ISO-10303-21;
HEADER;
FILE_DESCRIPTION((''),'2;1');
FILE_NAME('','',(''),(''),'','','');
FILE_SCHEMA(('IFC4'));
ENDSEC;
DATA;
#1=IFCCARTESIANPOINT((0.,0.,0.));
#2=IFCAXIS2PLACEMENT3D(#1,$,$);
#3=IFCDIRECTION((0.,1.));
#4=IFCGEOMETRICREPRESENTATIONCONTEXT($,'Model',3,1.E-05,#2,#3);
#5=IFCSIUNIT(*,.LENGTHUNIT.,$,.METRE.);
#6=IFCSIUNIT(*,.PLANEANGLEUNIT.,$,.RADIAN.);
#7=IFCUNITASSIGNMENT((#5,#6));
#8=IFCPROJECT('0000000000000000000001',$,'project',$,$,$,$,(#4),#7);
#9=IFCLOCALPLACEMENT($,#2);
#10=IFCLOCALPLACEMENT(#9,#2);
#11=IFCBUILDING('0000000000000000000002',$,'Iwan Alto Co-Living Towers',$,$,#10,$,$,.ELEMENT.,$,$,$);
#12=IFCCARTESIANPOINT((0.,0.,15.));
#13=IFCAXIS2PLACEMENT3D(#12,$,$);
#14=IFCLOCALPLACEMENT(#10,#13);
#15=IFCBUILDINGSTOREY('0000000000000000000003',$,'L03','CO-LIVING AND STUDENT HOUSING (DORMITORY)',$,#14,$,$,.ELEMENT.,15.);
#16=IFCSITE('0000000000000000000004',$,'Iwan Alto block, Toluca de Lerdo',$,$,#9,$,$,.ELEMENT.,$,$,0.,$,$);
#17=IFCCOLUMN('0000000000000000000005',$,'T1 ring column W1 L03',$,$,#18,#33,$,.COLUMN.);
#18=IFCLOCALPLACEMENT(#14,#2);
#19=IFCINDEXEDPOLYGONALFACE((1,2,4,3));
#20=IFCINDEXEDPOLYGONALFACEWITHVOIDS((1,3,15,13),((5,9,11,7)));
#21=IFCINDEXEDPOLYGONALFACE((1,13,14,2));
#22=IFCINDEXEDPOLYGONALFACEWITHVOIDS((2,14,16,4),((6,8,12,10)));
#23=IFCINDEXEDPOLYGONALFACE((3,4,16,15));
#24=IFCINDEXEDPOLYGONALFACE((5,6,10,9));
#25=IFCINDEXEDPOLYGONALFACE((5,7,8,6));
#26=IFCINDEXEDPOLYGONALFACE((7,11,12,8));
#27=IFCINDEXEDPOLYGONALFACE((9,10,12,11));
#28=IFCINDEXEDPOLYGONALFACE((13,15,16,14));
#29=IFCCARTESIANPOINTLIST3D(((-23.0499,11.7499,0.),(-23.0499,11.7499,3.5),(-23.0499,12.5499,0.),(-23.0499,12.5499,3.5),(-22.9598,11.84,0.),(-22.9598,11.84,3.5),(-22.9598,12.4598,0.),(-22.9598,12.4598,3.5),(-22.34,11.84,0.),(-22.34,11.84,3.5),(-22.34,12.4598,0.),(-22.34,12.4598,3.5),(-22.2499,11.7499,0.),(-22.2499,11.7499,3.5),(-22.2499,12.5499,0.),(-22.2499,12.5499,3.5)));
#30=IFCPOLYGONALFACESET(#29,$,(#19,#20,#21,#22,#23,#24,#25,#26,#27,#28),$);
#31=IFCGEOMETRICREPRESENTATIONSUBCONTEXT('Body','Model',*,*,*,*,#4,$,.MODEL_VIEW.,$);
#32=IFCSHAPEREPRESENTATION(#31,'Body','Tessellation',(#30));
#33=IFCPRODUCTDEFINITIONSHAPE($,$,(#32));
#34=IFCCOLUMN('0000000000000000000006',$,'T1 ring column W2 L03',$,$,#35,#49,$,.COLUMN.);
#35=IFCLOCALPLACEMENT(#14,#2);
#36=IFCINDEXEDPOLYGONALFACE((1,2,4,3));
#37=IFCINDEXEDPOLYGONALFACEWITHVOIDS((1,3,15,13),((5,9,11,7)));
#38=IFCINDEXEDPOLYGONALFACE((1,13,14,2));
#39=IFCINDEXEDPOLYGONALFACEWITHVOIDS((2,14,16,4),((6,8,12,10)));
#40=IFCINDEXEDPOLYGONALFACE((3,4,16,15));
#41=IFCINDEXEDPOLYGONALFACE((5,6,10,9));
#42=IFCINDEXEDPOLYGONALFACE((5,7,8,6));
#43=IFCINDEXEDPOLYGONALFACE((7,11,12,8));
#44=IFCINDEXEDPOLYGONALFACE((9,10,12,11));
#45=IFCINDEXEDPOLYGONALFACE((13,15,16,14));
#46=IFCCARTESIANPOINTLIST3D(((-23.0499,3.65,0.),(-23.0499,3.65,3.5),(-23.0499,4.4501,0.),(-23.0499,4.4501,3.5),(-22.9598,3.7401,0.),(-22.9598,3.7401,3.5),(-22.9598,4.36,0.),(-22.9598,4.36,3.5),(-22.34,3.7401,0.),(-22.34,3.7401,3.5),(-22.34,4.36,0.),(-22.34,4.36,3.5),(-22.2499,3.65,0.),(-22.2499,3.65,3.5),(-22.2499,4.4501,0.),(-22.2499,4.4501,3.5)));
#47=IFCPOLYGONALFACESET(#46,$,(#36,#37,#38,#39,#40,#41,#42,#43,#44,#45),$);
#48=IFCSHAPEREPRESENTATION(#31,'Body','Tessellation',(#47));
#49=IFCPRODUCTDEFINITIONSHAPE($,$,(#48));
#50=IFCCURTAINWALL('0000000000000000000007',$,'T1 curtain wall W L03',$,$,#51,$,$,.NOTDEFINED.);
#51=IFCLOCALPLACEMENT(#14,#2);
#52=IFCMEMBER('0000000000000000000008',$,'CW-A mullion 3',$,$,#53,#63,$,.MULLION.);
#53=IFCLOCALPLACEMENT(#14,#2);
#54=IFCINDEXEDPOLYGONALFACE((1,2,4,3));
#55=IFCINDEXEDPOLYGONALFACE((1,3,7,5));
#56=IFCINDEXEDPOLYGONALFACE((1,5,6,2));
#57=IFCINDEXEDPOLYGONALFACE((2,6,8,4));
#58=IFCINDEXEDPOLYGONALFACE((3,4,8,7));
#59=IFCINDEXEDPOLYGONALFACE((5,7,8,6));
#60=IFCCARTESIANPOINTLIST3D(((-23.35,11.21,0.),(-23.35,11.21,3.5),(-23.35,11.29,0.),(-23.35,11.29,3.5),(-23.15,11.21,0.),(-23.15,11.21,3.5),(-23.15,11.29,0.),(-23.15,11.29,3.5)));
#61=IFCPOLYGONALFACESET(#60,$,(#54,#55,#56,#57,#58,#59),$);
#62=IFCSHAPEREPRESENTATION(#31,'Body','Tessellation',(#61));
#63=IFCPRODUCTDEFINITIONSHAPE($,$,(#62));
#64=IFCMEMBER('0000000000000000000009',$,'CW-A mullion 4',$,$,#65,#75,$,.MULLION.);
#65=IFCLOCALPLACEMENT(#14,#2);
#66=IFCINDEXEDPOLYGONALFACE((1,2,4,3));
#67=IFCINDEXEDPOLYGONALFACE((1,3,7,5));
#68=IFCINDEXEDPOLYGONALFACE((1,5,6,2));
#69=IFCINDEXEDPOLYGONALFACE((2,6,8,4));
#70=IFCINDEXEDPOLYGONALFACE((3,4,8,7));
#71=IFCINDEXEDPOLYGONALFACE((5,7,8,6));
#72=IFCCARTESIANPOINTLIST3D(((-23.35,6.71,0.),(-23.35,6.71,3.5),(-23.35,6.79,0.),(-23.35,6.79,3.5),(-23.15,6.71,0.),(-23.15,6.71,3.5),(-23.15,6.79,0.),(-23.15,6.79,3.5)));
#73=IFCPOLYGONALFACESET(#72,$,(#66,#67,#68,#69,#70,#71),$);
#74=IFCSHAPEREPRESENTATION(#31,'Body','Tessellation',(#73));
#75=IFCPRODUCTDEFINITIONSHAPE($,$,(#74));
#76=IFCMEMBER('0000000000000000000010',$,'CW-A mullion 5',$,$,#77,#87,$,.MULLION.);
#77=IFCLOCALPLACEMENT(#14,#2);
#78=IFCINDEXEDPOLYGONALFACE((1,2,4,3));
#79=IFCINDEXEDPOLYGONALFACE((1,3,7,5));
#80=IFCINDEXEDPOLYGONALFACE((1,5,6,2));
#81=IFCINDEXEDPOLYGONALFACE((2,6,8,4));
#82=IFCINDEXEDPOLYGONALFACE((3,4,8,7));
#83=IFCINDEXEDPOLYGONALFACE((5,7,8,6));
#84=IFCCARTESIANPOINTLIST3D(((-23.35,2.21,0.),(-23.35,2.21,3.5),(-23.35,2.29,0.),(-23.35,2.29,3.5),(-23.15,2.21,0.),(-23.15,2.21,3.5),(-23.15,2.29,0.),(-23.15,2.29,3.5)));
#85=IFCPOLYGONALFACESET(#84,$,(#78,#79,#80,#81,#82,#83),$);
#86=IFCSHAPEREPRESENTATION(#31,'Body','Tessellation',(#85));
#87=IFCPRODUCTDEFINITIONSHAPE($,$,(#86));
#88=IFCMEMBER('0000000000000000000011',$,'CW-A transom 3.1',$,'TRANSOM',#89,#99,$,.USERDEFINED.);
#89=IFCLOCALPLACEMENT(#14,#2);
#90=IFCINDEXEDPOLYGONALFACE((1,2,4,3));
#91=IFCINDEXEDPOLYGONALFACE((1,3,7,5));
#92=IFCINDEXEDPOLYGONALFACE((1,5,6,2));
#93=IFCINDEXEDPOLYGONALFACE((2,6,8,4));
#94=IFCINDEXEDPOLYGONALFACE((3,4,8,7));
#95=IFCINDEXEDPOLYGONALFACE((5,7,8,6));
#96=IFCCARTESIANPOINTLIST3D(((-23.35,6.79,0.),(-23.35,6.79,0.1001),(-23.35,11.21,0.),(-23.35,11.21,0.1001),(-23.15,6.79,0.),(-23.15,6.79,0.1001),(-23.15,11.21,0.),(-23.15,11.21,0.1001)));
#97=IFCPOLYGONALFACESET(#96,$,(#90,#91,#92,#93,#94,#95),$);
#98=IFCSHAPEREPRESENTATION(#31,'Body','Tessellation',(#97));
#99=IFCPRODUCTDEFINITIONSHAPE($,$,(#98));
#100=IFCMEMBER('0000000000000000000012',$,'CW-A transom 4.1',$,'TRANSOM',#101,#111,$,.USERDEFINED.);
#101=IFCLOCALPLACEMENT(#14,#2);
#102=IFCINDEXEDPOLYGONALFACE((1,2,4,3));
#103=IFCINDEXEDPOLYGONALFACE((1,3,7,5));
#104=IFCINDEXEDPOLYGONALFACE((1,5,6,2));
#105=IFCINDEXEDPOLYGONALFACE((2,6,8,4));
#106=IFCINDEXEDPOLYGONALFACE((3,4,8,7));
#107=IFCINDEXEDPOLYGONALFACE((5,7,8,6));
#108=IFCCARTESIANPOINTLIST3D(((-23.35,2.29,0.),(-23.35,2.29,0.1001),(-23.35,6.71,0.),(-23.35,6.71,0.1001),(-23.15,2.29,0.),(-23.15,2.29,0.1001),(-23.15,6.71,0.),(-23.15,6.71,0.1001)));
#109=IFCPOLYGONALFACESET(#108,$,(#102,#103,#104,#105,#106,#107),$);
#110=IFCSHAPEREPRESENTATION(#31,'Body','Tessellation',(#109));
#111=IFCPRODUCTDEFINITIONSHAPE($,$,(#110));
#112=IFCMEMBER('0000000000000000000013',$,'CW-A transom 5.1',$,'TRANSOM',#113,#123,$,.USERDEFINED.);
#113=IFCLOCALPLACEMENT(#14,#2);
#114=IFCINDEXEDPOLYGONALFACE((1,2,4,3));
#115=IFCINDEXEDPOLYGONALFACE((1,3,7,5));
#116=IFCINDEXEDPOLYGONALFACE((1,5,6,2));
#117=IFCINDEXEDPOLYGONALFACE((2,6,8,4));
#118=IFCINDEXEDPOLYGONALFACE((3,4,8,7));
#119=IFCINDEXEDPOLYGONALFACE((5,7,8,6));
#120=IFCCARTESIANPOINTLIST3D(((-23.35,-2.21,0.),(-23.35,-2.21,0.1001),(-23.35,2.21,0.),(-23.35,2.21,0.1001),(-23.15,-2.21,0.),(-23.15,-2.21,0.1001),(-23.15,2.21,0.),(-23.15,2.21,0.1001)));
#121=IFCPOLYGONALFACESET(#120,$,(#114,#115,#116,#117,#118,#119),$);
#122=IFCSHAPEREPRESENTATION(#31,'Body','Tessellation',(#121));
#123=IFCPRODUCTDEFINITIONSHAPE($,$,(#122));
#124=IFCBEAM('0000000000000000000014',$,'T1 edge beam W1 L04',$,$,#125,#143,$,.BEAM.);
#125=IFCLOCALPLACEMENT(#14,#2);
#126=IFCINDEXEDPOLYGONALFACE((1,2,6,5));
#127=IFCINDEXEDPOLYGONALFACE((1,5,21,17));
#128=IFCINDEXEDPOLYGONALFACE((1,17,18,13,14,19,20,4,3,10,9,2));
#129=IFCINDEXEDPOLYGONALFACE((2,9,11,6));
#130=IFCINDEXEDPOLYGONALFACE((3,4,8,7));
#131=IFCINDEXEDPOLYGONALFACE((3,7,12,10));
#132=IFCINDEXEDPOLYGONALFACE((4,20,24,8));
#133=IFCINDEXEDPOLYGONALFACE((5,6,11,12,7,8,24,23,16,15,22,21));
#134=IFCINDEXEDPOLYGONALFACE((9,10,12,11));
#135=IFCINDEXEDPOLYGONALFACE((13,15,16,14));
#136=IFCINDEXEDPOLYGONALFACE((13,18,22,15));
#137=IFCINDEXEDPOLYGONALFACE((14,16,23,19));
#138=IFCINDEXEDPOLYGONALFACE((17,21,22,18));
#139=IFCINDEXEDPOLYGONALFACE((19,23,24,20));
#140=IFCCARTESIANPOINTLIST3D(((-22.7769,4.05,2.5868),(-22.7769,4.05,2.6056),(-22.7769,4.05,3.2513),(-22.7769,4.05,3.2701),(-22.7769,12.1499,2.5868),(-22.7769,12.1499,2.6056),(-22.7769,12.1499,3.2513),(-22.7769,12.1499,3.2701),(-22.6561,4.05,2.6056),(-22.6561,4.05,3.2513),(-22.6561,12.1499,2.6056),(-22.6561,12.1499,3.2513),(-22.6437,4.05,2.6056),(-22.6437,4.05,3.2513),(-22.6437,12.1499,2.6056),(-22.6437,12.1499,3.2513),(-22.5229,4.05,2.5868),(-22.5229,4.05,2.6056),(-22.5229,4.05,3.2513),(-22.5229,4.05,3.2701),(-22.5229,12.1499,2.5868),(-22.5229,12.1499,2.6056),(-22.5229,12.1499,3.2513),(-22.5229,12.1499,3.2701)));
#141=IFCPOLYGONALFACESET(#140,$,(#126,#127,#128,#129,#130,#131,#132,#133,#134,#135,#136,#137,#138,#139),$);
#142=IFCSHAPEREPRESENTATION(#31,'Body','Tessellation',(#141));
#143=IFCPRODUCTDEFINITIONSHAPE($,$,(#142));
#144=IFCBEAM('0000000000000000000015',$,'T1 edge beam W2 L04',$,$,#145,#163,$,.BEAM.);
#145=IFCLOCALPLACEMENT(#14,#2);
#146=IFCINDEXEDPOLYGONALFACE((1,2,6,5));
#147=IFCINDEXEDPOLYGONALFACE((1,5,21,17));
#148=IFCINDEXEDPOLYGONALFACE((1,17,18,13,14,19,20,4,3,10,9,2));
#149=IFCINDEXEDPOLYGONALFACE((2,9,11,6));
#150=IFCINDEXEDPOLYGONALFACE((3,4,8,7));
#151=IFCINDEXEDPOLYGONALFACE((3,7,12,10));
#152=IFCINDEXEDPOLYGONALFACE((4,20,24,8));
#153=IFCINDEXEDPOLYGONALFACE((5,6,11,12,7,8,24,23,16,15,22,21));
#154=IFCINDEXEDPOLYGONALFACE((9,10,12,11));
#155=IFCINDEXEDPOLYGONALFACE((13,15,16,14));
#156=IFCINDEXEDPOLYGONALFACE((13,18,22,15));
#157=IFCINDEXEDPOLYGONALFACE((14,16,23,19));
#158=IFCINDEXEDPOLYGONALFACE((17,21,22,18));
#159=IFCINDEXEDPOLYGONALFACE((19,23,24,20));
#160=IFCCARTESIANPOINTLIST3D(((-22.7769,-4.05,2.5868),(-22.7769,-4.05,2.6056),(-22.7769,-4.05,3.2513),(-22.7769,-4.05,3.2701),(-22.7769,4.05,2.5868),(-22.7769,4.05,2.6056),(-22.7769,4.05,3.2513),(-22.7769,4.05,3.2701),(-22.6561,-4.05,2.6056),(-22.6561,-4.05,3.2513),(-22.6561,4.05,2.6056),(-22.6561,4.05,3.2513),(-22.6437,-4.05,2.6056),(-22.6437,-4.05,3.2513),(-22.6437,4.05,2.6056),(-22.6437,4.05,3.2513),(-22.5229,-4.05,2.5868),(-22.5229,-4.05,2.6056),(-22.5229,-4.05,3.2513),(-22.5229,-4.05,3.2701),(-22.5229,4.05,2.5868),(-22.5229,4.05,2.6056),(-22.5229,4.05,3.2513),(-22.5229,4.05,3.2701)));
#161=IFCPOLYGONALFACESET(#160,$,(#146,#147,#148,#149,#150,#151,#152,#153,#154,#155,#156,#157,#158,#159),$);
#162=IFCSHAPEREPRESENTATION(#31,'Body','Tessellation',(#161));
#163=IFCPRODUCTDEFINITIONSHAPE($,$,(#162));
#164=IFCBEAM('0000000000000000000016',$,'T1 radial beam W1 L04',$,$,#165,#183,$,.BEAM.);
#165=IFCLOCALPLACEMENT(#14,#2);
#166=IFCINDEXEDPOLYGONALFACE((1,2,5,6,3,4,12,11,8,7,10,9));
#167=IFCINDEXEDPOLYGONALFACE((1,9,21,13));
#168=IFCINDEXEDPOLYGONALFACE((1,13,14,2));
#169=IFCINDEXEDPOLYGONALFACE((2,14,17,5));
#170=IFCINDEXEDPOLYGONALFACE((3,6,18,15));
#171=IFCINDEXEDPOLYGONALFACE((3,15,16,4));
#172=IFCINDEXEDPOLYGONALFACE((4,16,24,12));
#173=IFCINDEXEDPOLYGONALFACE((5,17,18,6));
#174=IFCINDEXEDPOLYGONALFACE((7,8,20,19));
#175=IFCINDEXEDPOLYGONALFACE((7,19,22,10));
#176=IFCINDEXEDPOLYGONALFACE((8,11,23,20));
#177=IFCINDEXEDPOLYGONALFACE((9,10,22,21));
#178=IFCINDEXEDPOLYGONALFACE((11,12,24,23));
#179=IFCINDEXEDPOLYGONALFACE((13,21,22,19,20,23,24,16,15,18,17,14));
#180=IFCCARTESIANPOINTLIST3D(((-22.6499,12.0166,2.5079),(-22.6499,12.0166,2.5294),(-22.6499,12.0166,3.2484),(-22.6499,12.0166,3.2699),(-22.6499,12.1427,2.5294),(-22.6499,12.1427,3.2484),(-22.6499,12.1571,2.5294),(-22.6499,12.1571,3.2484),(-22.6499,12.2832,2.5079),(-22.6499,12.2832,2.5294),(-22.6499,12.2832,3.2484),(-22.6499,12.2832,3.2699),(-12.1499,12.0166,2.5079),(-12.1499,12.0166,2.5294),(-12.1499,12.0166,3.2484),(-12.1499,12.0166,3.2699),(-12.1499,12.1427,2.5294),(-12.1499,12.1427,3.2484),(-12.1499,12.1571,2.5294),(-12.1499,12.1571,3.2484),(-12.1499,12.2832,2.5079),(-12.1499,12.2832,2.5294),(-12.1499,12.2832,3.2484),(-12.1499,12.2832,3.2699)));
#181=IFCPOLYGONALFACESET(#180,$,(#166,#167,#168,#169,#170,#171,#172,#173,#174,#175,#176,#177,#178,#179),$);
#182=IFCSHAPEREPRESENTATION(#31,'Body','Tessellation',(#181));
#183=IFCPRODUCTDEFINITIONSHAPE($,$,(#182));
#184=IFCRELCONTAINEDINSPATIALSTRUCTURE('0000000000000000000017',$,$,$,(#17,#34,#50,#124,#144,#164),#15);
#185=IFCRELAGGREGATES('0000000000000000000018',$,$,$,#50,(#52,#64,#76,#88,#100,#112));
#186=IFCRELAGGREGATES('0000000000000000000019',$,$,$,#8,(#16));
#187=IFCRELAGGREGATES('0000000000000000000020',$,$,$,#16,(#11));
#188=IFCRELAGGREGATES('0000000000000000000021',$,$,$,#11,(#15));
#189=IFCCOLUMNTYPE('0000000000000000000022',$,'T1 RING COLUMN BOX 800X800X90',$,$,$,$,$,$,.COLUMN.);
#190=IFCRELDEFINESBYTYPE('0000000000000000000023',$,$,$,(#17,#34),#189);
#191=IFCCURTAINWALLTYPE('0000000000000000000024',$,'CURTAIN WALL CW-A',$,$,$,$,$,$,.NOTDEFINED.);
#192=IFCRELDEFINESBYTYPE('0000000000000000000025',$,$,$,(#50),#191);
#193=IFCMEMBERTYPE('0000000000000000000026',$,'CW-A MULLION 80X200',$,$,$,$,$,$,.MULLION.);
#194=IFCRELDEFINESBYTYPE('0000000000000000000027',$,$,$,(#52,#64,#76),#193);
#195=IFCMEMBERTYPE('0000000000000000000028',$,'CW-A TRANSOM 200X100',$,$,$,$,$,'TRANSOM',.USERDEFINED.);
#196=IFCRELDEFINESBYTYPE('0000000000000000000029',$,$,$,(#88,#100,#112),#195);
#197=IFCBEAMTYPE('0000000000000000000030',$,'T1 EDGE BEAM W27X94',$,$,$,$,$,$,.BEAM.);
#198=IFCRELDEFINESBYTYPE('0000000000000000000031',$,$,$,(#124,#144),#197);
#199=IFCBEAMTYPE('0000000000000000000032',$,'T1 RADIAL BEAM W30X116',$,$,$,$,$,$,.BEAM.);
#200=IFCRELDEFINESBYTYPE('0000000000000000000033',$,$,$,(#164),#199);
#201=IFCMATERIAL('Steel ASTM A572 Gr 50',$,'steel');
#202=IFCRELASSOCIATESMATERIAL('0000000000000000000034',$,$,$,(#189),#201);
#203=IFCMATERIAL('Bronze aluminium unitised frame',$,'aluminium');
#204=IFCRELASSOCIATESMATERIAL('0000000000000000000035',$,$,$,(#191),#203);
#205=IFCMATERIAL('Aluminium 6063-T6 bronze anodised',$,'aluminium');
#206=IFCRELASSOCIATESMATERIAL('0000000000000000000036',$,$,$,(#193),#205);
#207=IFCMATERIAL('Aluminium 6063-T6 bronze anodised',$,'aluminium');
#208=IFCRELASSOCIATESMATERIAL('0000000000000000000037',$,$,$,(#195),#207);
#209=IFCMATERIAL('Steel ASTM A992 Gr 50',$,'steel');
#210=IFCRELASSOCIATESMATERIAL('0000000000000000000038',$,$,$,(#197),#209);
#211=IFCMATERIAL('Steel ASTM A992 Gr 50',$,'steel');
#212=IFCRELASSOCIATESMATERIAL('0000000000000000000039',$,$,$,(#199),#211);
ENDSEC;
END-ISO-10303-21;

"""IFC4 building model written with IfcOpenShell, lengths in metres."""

from ifc_helpers import new_model, si_unit, direction, frame, origin, origin_2d, place, context, subcontext, project, spatial, rectangle, hollow_rectangle, i_section, extrude, material, material_profile, profile_set, type_object, element, aggregate, save


model = new_model("IFC4")

# Units and contexts
model_context = context("Model", 3, precision=1e-05, world=origin(), true_north=direction((0.0, 1.0)))
body_context = subcontext(model_context, "Body", "Model", "MODEL_VIEW")
ifc_project = project(units=[si_unit("LENGTHUNIT", "METRE"), si_unit("PLANEANGLEUNIT", "RADIAN")], contexts=[model_context])

# Site, building, storey
site_placement = place(None, origin())
site = spatial("IfcSite", under=ifc_project, at=site_placement, Name="Iwan Alto block, Toluca de Lerdo", CompositionType="ELEMENT", RefElevation=0.0)
building_placement = place(site_placement, origin())
building = spatial("IfcBuilding", under=site, at=building_placement, Name="Iwan Alto Co-Living Towers", CompositionType="ELEMENT")
storey_placement = place(building_placement, frame((0.0, 0.0, 15.0)))
storey = spatial("IfcBuildingStorey", under=building, at=storey_placement, Name="L03", Description="CO-LIVING AND STUDENT HOUSING (DORMITORY)", CompositionType="ELEMENT", Elevation=15.0)

# Columns
ifc_material_1 = material(Name="Steel ASTM A572 Gr 50", Category="steel")
ifc_material_profile_1 = material_profile(ifc_material_1, hollow_rectangle(XDim=0.8, YDim=0.8, WallThickness=0.0901, at=origin_2d()), Name="BOX 800X800X90")
ifc_profile_set_1 = profile_set([ifc_material_profile_1], Name="Steel ASTM A572 Gr 50")
column_type = type_object("IfcColumnType", Name="T1 RING COLUMN BOX 800X800X90", PredefinedType="COLUMN", material=ifc_profile_set_1)
for number, where, z_axis, x_axis, name in (
    (1, (-22.6499, 12.1499, 0.0), (0.0, 0.0, 1.0), (1.0, 0.0, 0.0), "T1 ring column W1 L03"),
    (2, (-22.6499, 4.05, 0.0), (0.0, 0.0, 1.0), (1.0, 0.0, 0.0), "T1 ring column W2 L03"),
):
    element("IfcColumn", number, at=place(storey_placement, frame(where, z_axis=z_axis, x_axis=x_axis)), inside=storey, type_object=column_type, Name=name, PredefinedType="COLUMN", context=body_context, shape_type="SweptSolid", body=[
        extrude(hollow_rectangle(XDim=0.8, YDim=0.8, WallThickness=0.0901, at=origin_2d()), origin(), (0.0, 0.0, 1.0), 3.5),
    ])

# Curtain wall, members
ifc_material_2 = material(Name="Bronze aluminium unitised frame", Category="aluminium")
curtain_wall_type = type_object("IfcCurtainWallType", Name="CURTAIN WALL CW-A", PredefinedType="NOTDEFINED", material=ifc_material_2)
curtain_wall_placement = place(storey_placement, origin())
curtain_wall = element("IfcCurtainWall", 3, at=curtain_wall_placement, inside=storey, type_object=curtain_wall_type, Name="T1 curtain wall W L03", PredefinedType="NOTDEFINED")
ifc_material_3 = material(Name="Aluminium 6063-T6 bronze anodised", Category="aluminium")
ifc_material_profile_2 = material_profile(ifc_material_3, rectangle(XDim=0.2, YDim=0.0801, at=origin_2d()), Name="AL 80X200")
ifc_profile_set_2 = profile_set([ifc_material_profile_2], Name="Aluminium 6063-T6 bronze anodised")
member_type_1 = type_object("IfcMemberType", Name="CW-A MULLION 80X200", PredefinedType="MULLION", material=ifc_profile_set_2)
member_1_placement = place(storey_placement, frame((-23.25, 11.25, 0.0), z_axis=(0.0, 0.0, 1.0), x_axis=(1.0, 0.0, 0.0)))
member_1 = element("IfcMember", 4, at=member_1_placement, type_object=member_type_1, Name="CW-A mullion 3", PredefinedType="MULLION", context=body_context, shape_type="SweptSolid", body=[
    extrude(rectangle(XDim=0.2, YDim=0.0801, at=origin_2d()), origin(), (0.0, 0.0, 1.0), 3.5),
])
member_2_placement = place(storey_placement, frame((-23.25, 6.75, 0.0), z_axis=(0.0, 0.0, 1.0), x_axis=(1.0, 0.0, 0.0)))
member_2 = element("IfcMember", 5, at=member_2_placement, type_object=member_type_1, Name="CW-A mullion 4", PredefinedType="MULLION", context=body_context, shape_type="SweptSolid", body=[
    extrude(rectangle(XDim=0.2, YDim=0.0801, at=origin_2d()), origin(), (0.0, 0.0, 1.0), 3.5),
])
member_3_placement = place(storey_placement, frame((-23.25, 2.25, 0.0), z_axis=(0.0, 0.0, 1.0), x_axis=(1.0, 0.0, 0.0)))
member_3 = element("IfcMember", 6, at=member_3_placement, type_object=member_type_1, Name="CW-A mullion 5", PredefinedType="MULLION", context=body_context, shape_type="SweptSolid", body=[
    extrude(rectangle(XDim=0.2, YDim=0.0801, at=origin_2d()), origin(), (0.0, 0.0, 1.0), 3.5),
])
ifc_material_4 = material(Name="Aluminium 6063-T6 bronze anodised", Category="aluminium")
ifc_material_profile_3 = material_profile(ifc_material_4, rectangle(XDim=0.2, YDim=0.1001, at=origin_2d()), Name="AL 200X100")
ifc_profile_set_3 = profile_set([ifc_material_profile_3], Name="Aluminium 6063-T6 bronze anodised")
member_type_2 = type_object("IfcMemberType", Name="CW-A TRANSOM 200X100", ElementType="TRANSOM", PredefinedType="USERDEFINED", material=ifc_profile_set_3)
member_4_placement = place(storey_placement, frame((-23.25, 11.21, 0.05), z_axis=(0.0, -1.0, 0.0), x_axis=(1.0, 0.0, 0.0)))
member_4 = element("IfcMember", 7, at=member_4_placement, type_object=member_type_2, Name="CW-A transom 3.1", ObjectType="TRANSOM", PredefinedType="USERDEFINED", context=body_context, shape_type="SweptSolid", body=[
    extrude(rectangle(XDim=0.2, YDim=0.1001, at=origin_2d()), origin(), (0.0, 0.0, 1.0), 4.4199),
])
member_5_placement = place(storey_placement, frame((-23.25, 6.71, 0.05), z_axis=(0.0, -1.0, 0.0), x_axis=(1.0, 0.0, 0.0)))
member_5 = element("IfcMember", 8, at=member_5_placement, type_object=member_type_2, Name="CW-A transom 4.1", ObjectType="TRANSOM", PredefinedType="USERDEFINED", context=body_context, shape_type="SweptSolid", body=[
    extrude(rectangle(XDim=0.2, YDim=0.1001, at=origin_2d()), origin(), (0.0, 0.0, 1.0), 4.4199),
])
member_6_placement = place(storey_placement, frame((-23.25, 2.21, 0.05), z_axis=(0.0, -1.0, 0.0), x_axis=(1.0, 0.0, 0.0)))
member_6 = element("IfcMember", 9, at=member_6_placement, type_object=member_type_2, Name="CW-A transom 5.1", ObjectType="TRANSOM", PredefinedType="USERDEFINED", context=body_context, shape_type="SweptSolid", body=[
    extrude(rectangle(XDim=0.2, YDim=0.1001, at=origin_2d()), origin(), (0.0, 0.0, 1.0), 4.4199),
])

# Beams
ifc_material_5 = material(Name="Steel ASTM A992 Gr 50", Category="steel")
ifc_material_profile_4 = material_profile(ifc_material_5, i_section(OverallWidth=0.2539, OverallDepth=0.6833, WebThickness=0.0125, FlangeThickness=0.0188, at=origin_2d()), Name="W27X94")
ifc_profile_set_4 = profile_set([ifc_material_profile_4], Name="Steel ASTM A992 Gr 50")
beam_type_1 = type_object("IfcBeamType", Name="T1 EDGE BEAM W27X94", PredefinedType="BEAM", material=ifc_profile_set_4)
beam_1_placement = place(storey_placement, frame((-22.6499, 12.1499, 2.9285), z_axis=(0.0, -1.0, 0.0), x_axis=(1.0, 0.0, 0.0)))
element("IfcBeam", 10, at=beam_1_placement, inside=storey, type_object=beam_type_1, Name="T1 edge beam W1 L04", PredefinedType="BEAM", context=body_context, shape_type="SweptSolid", body=[
    extrude(i_section(OverallWidth=0.2539, OverallDepth=0.6833, WebThickness=0.0125, FlangeThickness=0.0188, at=origin_2d()), origin(), (0.0, 0.0, 1.0), 8.0999),
])
beam_2_placement = place(storey_placement, frame((-22.6499, 4.05, 2.9285), z_axis=(0.0, -1.0, 0.0), x_axis=(1.0, 0.0, 0.0)))
element("IfcBeam", 11, at=beam_2_placement, inside=storey, type_object=beam_type_1, Name="T1 edge beam W2 L04", PredefinedType="BEAM", context=body_context, shape_type="SweptSolid", body=[
    extrude(i_section(OverallWidth=0.2539, OverallDepth=0.6833, WebThickness=0.0125, FlangeThickness=0.0188, at=origin_2d()), origin(), (0.0, 0.0, 1.0), 8.1001),
])
ifc_material_6 = material(Name="Steel ASTM A992 Gr 50", Category="steel")
ifc_material_profile_5 = material_profile(ifc_material_6, i_section(OverallWidth=0.2666, OverallDepth=0.762, WebThickness=0.0144, FlangeThickness=0.0215, at=origin_2d()), Name="W30X116")
ifc_profile_set_5 = profile_set([ifc_material_profile_5], Name="Steel ASTM A992 Gr 50")
beam_type_2 = type_object("IfcBeamType", Name="T1 RADIAL BEAM W30X116", PredefinedType="BEAM", material=ifc_profile_set_5)
beam_3_placement = place(storey_placement, frame((-22.6499, 12.1499, 2.8889), z_axis=(1.0, 0.0, 0.0), x_axis=(0.0, 1.0, 0.0)))
element("IfcBeam", 12, at=beam_3_placement, inside=storey, type_object=beam_type_2, Name="T1 radial beam W1 L04", PredefinedType="BEAM", context=body_context, shape_type="SweptSolid", body=[
    extrude(i_section(OverallWidth=0.2666, OverallDepth=0.762, WebThickness=0.0144, FlangeThickness=0.0215, at=origin_2d()), origin(), (0.0, 0.0, 1.0), 10.5),
])

aggregate(curtain_wall, [member_1, member_2, member_3, member_4, member_5, member_6])

save(model, "model.ifc")
